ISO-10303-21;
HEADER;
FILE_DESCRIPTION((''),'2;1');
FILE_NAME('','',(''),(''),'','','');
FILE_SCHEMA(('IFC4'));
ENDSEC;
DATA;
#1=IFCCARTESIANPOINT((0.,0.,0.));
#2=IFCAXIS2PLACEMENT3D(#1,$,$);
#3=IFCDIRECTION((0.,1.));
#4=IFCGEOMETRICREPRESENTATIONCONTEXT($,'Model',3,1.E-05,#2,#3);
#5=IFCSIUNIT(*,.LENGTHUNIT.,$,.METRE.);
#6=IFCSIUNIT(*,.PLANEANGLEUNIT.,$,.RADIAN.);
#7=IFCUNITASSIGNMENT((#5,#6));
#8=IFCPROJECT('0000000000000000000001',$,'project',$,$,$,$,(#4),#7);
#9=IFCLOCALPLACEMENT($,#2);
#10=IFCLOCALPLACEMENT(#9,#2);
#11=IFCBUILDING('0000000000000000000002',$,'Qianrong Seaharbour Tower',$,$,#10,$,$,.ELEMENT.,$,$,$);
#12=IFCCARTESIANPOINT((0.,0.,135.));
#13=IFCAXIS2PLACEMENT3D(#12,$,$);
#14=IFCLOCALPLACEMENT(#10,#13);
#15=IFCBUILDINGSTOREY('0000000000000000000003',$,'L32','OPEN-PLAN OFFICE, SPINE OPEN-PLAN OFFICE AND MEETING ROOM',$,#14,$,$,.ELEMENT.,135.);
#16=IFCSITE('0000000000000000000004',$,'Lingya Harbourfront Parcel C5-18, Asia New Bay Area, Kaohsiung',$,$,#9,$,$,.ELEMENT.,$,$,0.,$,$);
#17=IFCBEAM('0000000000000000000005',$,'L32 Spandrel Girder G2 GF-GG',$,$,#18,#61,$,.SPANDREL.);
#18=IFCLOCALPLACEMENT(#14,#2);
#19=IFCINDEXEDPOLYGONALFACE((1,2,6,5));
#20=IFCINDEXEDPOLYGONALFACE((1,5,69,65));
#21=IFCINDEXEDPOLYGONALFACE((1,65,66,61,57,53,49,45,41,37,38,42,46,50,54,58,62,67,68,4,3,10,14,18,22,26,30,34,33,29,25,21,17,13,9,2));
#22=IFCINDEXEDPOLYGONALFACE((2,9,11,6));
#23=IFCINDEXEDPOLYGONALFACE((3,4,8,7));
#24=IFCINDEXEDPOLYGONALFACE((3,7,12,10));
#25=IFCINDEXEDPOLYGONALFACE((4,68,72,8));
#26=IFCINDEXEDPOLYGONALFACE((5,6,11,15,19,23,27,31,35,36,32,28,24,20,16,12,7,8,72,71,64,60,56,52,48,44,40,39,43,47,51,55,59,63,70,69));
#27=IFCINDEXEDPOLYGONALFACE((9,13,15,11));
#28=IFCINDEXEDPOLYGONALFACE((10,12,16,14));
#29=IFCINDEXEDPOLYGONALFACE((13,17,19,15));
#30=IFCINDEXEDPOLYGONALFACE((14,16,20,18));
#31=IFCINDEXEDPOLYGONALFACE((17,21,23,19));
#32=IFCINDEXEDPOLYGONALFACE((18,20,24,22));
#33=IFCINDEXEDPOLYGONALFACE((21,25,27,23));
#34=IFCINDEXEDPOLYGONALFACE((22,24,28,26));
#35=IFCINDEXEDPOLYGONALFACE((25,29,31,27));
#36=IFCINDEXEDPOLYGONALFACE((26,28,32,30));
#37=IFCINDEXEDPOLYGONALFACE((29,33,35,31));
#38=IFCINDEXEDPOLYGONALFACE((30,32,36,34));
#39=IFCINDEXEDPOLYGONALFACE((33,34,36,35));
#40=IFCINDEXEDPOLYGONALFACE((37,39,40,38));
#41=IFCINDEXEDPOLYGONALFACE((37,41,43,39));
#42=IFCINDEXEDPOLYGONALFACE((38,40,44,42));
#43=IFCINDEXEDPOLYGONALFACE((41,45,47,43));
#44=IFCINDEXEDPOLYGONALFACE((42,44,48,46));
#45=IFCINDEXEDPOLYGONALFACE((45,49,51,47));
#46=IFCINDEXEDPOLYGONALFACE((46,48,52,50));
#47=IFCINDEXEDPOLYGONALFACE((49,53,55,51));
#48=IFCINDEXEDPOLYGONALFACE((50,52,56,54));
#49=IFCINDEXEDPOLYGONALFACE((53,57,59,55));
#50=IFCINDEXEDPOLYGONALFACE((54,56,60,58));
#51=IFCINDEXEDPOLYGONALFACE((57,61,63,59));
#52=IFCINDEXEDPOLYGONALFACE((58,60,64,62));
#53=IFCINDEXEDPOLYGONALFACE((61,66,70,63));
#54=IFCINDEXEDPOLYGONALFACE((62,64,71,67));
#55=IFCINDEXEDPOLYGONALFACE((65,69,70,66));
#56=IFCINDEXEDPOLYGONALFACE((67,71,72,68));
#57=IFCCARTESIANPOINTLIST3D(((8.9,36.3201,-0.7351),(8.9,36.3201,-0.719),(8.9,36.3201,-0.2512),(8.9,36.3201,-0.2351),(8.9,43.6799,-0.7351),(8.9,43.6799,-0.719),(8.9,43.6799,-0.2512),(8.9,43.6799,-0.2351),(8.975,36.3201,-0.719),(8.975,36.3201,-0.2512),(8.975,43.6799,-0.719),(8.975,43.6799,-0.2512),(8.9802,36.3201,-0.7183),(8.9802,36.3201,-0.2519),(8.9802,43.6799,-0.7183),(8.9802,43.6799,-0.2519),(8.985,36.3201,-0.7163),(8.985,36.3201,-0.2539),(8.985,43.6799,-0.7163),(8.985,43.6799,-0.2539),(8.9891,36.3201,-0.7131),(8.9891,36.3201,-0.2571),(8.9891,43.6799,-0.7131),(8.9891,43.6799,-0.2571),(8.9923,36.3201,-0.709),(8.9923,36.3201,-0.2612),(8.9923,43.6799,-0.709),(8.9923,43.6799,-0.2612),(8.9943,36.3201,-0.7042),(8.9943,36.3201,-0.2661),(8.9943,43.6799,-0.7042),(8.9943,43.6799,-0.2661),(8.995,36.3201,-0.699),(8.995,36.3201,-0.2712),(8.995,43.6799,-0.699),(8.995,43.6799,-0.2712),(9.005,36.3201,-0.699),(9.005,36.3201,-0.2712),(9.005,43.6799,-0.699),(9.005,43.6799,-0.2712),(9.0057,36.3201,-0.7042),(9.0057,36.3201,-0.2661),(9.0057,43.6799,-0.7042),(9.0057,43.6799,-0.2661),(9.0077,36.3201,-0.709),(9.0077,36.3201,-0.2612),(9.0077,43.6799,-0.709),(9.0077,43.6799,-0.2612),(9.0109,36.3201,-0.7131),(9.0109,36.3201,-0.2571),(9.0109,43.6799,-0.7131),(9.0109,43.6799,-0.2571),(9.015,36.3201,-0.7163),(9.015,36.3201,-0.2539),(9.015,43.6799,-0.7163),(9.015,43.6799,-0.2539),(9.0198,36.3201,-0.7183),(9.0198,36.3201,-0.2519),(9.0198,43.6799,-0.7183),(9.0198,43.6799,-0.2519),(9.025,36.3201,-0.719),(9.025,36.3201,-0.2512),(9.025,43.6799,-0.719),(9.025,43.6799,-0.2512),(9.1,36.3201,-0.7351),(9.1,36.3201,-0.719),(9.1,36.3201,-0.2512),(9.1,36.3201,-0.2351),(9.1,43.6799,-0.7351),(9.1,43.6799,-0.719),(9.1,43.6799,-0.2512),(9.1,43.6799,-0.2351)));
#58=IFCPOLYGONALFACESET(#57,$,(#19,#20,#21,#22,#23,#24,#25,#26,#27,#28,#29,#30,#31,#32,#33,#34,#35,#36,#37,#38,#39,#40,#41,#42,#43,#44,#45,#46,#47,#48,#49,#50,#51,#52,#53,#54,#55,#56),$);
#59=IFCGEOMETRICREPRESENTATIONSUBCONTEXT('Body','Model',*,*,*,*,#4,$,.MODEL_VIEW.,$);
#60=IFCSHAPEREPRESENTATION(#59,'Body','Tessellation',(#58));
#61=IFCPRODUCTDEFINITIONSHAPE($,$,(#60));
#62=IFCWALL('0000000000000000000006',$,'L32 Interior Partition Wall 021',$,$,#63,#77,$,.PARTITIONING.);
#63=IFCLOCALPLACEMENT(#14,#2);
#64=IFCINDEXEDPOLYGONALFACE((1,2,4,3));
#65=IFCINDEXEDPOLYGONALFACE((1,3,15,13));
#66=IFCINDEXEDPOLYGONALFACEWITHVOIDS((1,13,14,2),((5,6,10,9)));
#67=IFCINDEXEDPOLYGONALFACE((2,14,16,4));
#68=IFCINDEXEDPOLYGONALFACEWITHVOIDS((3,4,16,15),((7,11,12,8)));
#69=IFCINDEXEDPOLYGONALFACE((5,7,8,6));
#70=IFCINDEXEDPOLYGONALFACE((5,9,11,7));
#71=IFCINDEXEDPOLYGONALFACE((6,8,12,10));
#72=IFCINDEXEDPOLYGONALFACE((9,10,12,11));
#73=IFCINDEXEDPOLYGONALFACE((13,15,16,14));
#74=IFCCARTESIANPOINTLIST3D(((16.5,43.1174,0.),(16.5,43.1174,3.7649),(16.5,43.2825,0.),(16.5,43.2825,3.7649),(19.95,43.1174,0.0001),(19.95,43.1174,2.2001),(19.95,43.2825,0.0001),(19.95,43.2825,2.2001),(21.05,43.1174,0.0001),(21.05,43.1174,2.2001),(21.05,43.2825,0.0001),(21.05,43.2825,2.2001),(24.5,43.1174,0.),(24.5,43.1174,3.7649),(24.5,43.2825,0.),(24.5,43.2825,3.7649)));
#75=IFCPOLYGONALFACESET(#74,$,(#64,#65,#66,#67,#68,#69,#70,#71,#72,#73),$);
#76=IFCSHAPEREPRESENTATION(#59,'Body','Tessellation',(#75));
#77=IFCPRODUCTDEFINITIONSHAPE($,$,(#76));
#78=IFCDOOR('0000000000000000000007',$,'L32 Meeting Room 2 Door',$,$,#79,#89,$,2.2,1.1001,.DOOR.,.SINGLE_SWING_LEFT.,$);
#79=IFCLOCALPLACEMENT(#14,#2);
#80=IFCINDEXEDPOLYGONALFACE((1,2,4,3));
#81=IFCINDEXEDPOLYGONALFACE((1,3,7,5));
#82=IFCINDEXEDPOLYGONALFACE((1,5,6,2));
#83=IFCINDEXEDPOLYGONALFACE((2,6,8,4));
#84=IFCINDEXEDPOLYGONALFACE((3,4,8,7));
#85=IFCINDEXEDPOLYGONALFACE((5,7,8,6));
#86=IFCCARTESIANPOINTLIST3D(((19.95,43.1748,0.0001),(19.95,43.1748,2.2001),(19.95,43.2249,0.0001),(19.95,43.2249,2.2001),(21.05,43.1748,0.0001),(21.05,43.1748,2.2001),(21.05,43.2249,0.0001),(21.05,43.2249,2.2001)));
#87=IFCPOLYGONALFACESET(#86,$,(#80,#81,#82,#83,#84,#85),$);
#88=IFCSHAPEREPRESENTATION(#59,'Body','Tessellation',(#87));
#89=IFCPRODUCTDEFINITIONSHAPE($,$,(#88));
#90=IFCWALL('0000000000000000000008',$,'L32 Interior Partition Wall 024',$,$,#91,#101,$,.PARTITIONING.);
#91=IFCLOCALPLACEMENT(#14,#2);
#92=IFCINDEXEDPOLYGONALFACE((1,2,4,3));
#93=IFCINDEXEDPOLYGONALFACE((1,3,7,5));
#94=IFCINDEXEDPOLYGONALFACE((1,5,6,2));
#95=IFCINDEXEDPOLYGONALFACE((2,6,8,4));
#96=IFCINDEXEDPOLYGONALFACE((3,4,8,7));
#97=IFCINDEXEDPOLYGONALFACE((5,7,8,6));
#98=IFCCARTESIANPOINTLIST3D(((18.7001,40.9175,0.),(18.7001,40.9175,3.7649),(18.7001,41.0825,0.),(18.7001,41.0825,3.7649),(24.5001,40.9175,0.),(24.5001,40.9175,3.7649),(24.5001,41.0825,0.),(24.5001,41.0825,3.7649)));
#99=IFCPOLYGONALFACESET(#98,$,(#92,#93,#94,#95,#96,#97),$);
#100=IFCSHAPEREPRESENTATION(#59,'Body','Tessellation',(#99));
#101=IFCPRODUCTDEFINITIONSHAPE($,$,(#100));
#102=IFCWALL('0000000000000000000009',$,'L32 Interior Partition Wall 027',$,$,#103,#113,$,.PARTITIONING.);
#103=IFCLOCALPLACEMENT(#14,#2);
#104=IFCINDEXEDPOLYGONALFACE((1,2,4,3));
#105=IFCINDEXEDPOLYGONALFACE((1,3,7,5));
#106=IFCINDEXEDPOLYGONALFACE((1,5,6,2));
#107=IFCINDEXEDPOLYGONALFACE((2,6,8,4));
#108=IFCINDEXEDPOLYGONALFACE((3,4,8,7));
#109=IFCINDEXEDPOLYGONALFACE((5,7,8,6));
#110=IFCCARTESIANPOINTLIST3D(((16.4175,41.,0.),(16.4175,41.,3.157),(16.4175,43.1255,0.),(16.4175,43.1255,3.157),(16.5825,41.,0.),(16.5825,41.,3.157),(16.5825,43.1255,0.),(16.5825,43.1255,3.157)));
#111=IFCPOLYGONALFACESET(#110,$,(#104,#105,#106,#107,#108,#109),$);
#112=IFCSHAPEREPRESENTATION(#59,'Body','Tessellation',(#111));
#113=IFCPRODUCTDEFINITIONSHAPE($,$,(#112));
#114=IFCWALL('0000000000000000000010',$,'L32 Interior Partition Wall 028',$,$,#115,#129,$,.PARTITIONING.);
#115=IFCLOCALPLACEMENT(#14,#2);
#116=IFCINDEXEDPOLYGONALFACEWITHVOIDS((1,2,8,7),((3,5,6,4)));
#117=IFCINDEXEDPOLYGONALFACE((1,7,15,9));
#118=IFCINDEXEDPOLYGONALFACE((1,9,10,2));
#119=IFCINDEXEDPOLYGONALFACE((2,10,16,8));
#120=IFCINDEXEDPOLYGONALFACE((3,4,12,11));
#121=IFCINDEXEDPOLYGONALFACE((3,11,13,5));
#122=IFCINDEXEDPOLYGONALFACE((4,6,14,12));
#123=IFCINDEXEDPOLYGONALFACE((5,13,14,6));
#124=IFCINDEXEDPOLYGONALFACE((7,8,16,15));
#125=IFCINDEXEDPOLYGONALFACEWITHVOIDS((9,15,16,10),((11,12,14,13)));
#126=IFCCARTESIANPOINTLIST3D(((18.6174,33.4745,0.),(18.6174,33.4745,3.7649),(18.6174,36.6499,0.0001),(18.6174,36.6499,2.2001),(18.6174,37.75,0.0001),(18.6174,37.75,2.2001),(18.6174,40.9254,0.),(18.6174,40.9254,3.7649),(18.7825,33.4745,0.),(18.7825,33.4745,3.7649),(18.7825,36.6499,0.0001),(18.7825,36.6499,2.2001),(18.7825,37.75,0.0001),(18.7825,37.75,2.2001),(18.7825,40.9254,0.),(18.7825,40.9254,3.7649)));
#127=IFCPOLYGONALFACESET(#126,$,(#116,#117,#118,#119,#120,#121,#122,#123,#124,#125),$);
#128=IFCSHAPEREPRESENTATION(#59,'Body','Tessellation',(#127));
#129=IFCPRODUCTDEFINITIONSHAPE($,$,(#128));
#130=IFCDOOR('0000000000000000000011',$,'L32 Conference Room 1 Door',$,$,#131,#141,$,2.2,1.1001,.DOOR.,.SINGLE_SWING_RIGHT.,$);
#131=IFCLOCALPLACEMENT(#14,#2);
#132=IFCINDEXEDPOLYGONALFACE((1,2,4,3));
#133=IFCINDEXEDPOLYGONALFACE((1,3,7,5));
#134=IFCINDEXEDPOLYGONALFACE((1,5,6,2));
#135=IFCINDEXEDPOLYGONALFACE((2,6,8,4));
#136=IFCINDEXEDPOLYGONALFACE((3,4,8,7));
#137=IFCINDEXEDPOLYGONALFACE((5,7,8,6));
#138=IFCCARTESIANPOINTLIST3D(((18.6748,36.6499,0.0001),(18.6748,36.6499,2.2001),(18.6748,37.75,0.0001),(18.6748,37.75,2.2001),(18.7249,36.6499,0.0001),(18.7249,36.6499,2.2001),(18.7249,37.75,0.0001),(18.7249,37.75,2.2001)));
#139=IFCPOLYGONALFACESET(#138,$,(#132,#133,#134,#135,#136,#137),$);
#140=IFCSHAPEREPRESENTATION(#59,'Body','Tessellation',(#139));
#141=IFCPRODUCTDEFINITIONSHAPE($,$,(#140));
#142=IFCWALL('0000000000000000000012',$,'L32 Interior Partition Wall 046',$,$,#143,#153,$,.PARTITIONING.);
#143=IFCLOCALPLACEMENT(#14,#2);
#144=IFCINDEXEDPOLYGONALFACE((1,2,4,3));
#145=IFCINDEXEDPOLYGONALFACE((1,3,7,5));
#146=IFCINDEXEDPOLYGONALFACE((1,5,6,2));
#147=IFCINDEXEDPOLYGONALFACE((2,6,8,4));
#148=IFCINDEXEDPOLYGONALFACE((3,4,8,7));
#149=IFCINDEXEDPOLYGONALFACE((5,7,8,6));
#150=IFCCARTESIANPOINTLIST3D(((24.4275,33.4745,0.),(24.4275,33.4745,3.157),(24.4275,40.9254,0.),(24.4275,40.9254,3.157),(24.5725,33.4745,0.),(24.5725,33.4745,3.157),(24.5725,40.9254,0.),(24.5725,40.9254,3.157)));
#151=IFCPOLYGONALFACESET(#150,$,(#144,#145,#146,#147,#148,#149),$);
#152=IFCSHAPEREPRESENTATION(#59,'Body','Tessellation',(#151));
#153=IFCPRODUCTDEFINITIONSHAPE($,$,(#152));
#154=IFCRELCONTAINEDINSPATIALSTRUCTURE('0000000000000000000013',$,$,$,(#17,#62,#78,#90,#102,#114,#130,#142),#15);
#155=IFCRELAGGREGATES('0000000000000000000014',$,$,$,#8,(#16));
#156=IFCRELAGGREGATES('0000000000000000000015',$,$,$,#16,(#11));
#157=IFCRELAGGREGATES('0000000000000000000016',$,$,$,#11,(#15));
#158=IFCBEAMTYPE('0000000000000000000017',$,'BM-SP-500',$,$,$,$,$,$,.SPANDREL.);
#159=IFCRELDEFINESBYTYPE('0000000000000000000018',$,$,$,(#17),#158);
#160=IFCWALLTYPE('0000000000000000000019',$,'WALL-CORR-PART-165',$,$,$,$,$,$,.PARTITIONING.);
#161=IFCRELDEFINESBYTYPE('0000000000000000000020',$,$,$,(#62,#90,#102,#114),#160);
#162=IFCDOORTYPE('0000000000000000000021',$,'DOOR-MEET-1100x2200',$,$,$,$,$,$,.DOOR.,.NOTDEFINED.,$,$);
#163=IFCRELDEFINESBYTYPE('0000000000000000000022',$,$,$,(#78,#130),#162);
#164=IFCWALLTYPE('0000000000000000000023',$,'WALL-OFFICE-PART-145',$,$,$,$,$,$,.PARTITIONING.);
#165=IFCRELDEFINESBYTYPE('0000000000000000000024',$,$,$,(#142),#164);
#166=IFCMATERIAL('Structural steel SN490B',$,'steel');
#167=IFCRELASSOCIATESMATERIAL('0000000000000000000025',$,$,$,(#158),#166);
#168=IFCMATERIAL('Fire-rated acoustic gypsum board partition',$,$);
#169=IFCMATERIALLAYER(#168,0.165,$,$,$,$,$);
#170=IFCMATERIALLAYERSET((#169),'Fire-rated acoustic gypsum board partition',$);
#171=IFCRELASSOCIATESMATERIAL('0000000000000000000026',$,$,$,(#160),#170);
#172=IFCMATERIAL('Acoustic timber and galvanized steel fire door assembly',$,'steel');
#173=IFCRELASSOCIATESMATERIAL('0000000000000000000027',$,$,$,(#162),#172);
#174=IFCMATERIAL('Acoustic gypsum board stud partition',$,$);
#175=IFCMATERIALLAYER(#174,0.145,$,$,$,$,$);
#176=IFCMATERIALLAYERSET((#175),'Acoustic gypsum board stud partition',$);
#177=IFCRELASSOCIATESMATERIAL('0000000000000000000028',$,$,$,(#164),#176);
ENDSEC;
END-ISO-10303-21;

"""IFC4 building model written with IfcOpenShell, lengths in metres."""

from ifc_helpers import new_model, si_unit, direction, frame, frame_2d, origin, origin_2d, place, context, subcontext, project, spatial, rectangle, i_section, extrude, material, layer, layer_set, material_profile, profile_set, type_object, element, fill, save


model = new_model("IFC4")

# Units and contexts
model_context = context("Model", 3, precision=1e-05, world=origin(), true_north=direction((0.0, 1.0)))
body_context = subcontext(model_context, "Body", "Model", "MODEL_VIEW")
ifc_project = project(units=[si_unit("LENGTHUNIT", "METRE"), si_unit("PLANEANGLEUNIT", "RADIAN")], contexts=[model_context])

# Site, building, storey
site_placement = place(None, origin())
site = spatial("IfcSite", under=ifc_project, at=site_placement, Name="Lingya Harbourfront Parcel C5-18, Asia New Bay Area, Kaohsiung", CompositionType="ELEMENT", RefElevation=0.0)
building_placement = place(site_placement, origin())
building = spatial("IfcBuilding", under=site, at=building_placement, Name="Qianrong Seaharbour Tower", CompositionType="ELEMENT")
storey_placement = place(building_placement, frame((0.0, 0.0, 135.0)))
storey = spatial("IfcBuildingStorey", under=building, at=storey_placement, Name="L32", Description="OPEN-PLAN OFFICE, SPINE OPEN-PLAN OFFICE AND MEETING ROOM", CompositionType="ELEMENT", Elevation=135.0)

# Shared definitions
ifc_material_1 = material(Name="Structural steel SN490B", Category="steel")

# Beam
ifc_material_profile_1 = material_profile(ifc_material_1, i_section(OverallWidth=0.2, OverallDepth=0.5, WebThickness=0.01, FlangeThickness=0.0161, FilletRadius=0.02, at=origin_2d()), Name="H500x200x10x16")
ifc_profile_set_1 = profile_set([ifc_material_profile_1], Name="Structural steel SN490B")
beam_type_1 = type_object("IfcBeamType", Name="BM-SP-500", PredefinedType="SPANDREL", material=ifc_profile_set_1)
beam_1_placement = place(storey_placement, frame((9.0, 36.3201, -0.4851), z_axis=(0.0, 1.0, 0.0), x_axis=(-1.0, 0.0, 0.0)))
element("IfcBeam", 1, at=beam_1_placement, inside=storey, type_object=beam_type_1, Name="L32 Spandrel Girder G2 GF-GG", PredefinedType="SPANDREL", context=body_context, shape_type="SweptSolid", body=[
    extrude(i_section(OverallWidth=0.2, OverallDepth=0.5, WebThickness=0.01, FlangeThickness=0.0161, FilletRadius=0.02, at=origin_2d()), origin(), (0.0, 0.0, 1.0), 7.3599),
])

# Wall, opening, door
ifc_material_2 = material(Name="Fire-rated acoustic gypsum board partition")
ifc_layer_1 = layer(ifc_material_2, 0.165)
ifc_layer_set_1 = layer_set([ifc_layer_1], Name="Fire-rated acoustic gypsum board partition")
wall_type_1 = type_object("IfcWallType", Name="WALL-CORR-PART-165", PredefinedType="PARTITIONING", material=ifc_layer_set_1)
wall_1_placement = place(storey_placement, frame((16.5, 43.2, 0.0), z_axis=(0.0, 0.0, 1.0), x_axis=(1.0, 0.0, 0.0)))
wall_1 = element("IfcWall", 2, at=wall_1_placement, inside=storey, type_object=wall_type_1, Name="L32 Interior Partition Wall 021", PredefinedType="PARTITIONING", context=body_context, shape_type="SweptSolid", body=[
    extrude(rectangle(XDim=8.0, YDim=0.165, at=frame_2d((4.0, 0.0))), origin(), (0.0, 0.0, 1.0), 3.7649),
])
opening_1_placement = place(wall_1_placement, frame((3.45, 0.0, 0.0)))
opening_1 = element("IfcOpeningElement", 3, at=opening_1_placement, cuts=wall_1, PredefinedType="OPENING", context=body_context, shape_type="SweptSolid", body=[
    extrude(rectangle(XDim=1.1001, YDim=2.2, at=frame_2d((0.55, 1.1001))), frame((0.0, 0.0925, 0.0), z_axis=(0.0, -1.0, 0.0), x_axis=(1.0, 0.0, 0.0)), (0.0, 0.0, 1.0), 0.1851),
])
ifc_material_3 = material(Name="Acoustic timber and galvanized steel fire door assembly", Category="steel")
door_type = type_object("IfcDoorType", Name="DOOR-MEET-1100x2200", OperationType="NOTDEFINED", PredefinedType="DOOR", material=ifc_material_3)
door_1_placement = place(opening_1_placement, origin())
door_1 = element("IfcDoor", 4, at=door_1_placement, inside=storey, type_object=door_type, Name="L32 Meeting Room 2 Door", OperationType="SINGLE_SWING_LEFT", OverallHeight=2.2, OverallWidth=1.1001, PredefinedType="DOOR", context=body_context, shape_type="SweptSolid", body=[
    extrude(rectangle(XDim=1.1001, YDim=2.2, at=frame_2d((0.55, 1.1001))), frame((0.0, 0.0249, 0.0), z_axis=(0.0, -1.0, 0.0), x_axis=(1.0, 0.0, 0.0)), (0.0, 0.0, 1.0), 0.05),
])
fill(opening_1, door_1)

# Walls
wall_2_placement = place(storey_placement, frame((24.5, 41.0, 0.0), z_axis=(0.0, 0.0, 1.0), x_axis=(-1.0, 0.0, 0.0)))
element("IfcWall", 5, at=wall_2_placement, inside=storey, type_object=wall_type_1, Name="L32 Interior Partition Wall 024", PredefinedType="PARTITIONING", context=body_context, shape_type="SweptSolid", body=[
    extrude(rectangle(XDim=5.8, YDim=0.165, at=frame_2d((2.8999, 0.0))), origin(), (0.0, 0.0, 1.0), 3.7649),
])
wall_3_placement = place(storey_placement, frame((16.5, 41.0, 0.0), z_axis=(0.0, 0.0, 1.0), x_axis=(0.0, 1.0, 0.0)))
element("IfcWall", 6, at=wall_3_placement, inside=storey, type_object=wall_type_1, Name="L32 Interior Partition Wall 027", PredefinedType="PARTITIONING", context=body_context, shape_type="SweptSolid", body=[
    extrude(rectangle(XDim=2.1255, YDim=0.165, at=frame_2d((1.0627, 0.0))), origin(), (0.0, 0.0, 1.0), 3.157),
])

# Wall, opening, door
wall_4_placement = place(storey_placement, frame((18.7, 40.9255, 0.0), z_axis=(0.0, 0.0, 1.0), x_axis=(0.0, -1.0, 0.0)))
wall_4 = element("IfcWall", 7, at=wall_4_placement, inside=storey, type_object=wall_type_1, Name="L32 Interior Partition Wall 028", PredefinedType="PARTITIONING", context=body_context, shape_type="SweptSolid", body=[
    extrude(rectangle(XDim=7.4509, YDim=0.165, at=frame_2d((3.7256, 0.0))), origin(), (0.0, 0.0, 1.0), 3.7649),
])
opening_2_placement = place(wall_4_placement, frame((3.1755, 0.0, 0.0)))
opening_2 = element("IfcOpeningElement", 8, at=opening_2_placement, cuts=wall_4, PredefinedType="OPENING", context=body_context, shape_type="SweptSolid", body=[
    extrude(rectangle(XDim=1.1001, YDim=2.2, at=frame_2d((0.55, 1.1001))), frame((0.0, 0.0925, 0.0), z_axis=(0.0, -1.0, 0.0), x_axis=(1.0, 0.0, 0.0)), (0.0, 0.0, 1.0), 0.1851),
])
door_2_placement = place(opening_2_placement, origin())
door_2 = element("IfcDoor", 9, at=door_2_placement, inside=storey, type_object=door_type, Name="L32 Conference Room 1 Door", OperationType="SINGLE_SWING_RIGHT", OverallHeight=2.2, OverallWidth=1.1001, PredefinedType="DOOR", context=body_context, shape_type="SweptSolid", body=[
    extrude(rectangle(XDim=1.1001, YDim=2.2, at=frame_2d((0.55, 1.1001))), frame((0.0, 0.0249, 0.0), z_axis=(0.0, -1.0, 0.0), x_axis=(1.0, 0.0, 0.0)), (0.0, 0.0, 1.0), 0.05),
])
fill(opening_2, door_2)

# Wall
ifc_material_4 = material(Name="Acoustic gypsum board stud partition")
ifc_layer_2 = layer(ifc_material_4, 0.145)
ifc_layer_set_2 = layer_set([ifc_layer_2], Name="Acoustic gypsum board stud partition")
wall_type_2 = type_object("IfcWallType", Name="WALL-OFFICE-PART-145", PredefinedType="PARTITIONING", material=ifc_layer_set_2)
wall_5_placement = place(storey_placement, frame((24.5, 40.9255, 0.0), z_axis=(0.0, 0.0, 1.0), x_axis=(0.0, -1.0, 0.0)))
element("IfcWall", 10, at=wall_5_placement, inside=storey, type_object=wall_type_2, Name="L32 Interior Partition Wall 046", PredefinedType="PARTITIONING", context=body_context, shape_type="SweptSolid", body=[
    extrude(rectangle(XDim=7.4509, YDim=0.145, at=frame_2d((3.7256, 0.0))), origin(), (0.0, 0.0, 1.0), 3.157),
])

save(model, "model.ifc")
